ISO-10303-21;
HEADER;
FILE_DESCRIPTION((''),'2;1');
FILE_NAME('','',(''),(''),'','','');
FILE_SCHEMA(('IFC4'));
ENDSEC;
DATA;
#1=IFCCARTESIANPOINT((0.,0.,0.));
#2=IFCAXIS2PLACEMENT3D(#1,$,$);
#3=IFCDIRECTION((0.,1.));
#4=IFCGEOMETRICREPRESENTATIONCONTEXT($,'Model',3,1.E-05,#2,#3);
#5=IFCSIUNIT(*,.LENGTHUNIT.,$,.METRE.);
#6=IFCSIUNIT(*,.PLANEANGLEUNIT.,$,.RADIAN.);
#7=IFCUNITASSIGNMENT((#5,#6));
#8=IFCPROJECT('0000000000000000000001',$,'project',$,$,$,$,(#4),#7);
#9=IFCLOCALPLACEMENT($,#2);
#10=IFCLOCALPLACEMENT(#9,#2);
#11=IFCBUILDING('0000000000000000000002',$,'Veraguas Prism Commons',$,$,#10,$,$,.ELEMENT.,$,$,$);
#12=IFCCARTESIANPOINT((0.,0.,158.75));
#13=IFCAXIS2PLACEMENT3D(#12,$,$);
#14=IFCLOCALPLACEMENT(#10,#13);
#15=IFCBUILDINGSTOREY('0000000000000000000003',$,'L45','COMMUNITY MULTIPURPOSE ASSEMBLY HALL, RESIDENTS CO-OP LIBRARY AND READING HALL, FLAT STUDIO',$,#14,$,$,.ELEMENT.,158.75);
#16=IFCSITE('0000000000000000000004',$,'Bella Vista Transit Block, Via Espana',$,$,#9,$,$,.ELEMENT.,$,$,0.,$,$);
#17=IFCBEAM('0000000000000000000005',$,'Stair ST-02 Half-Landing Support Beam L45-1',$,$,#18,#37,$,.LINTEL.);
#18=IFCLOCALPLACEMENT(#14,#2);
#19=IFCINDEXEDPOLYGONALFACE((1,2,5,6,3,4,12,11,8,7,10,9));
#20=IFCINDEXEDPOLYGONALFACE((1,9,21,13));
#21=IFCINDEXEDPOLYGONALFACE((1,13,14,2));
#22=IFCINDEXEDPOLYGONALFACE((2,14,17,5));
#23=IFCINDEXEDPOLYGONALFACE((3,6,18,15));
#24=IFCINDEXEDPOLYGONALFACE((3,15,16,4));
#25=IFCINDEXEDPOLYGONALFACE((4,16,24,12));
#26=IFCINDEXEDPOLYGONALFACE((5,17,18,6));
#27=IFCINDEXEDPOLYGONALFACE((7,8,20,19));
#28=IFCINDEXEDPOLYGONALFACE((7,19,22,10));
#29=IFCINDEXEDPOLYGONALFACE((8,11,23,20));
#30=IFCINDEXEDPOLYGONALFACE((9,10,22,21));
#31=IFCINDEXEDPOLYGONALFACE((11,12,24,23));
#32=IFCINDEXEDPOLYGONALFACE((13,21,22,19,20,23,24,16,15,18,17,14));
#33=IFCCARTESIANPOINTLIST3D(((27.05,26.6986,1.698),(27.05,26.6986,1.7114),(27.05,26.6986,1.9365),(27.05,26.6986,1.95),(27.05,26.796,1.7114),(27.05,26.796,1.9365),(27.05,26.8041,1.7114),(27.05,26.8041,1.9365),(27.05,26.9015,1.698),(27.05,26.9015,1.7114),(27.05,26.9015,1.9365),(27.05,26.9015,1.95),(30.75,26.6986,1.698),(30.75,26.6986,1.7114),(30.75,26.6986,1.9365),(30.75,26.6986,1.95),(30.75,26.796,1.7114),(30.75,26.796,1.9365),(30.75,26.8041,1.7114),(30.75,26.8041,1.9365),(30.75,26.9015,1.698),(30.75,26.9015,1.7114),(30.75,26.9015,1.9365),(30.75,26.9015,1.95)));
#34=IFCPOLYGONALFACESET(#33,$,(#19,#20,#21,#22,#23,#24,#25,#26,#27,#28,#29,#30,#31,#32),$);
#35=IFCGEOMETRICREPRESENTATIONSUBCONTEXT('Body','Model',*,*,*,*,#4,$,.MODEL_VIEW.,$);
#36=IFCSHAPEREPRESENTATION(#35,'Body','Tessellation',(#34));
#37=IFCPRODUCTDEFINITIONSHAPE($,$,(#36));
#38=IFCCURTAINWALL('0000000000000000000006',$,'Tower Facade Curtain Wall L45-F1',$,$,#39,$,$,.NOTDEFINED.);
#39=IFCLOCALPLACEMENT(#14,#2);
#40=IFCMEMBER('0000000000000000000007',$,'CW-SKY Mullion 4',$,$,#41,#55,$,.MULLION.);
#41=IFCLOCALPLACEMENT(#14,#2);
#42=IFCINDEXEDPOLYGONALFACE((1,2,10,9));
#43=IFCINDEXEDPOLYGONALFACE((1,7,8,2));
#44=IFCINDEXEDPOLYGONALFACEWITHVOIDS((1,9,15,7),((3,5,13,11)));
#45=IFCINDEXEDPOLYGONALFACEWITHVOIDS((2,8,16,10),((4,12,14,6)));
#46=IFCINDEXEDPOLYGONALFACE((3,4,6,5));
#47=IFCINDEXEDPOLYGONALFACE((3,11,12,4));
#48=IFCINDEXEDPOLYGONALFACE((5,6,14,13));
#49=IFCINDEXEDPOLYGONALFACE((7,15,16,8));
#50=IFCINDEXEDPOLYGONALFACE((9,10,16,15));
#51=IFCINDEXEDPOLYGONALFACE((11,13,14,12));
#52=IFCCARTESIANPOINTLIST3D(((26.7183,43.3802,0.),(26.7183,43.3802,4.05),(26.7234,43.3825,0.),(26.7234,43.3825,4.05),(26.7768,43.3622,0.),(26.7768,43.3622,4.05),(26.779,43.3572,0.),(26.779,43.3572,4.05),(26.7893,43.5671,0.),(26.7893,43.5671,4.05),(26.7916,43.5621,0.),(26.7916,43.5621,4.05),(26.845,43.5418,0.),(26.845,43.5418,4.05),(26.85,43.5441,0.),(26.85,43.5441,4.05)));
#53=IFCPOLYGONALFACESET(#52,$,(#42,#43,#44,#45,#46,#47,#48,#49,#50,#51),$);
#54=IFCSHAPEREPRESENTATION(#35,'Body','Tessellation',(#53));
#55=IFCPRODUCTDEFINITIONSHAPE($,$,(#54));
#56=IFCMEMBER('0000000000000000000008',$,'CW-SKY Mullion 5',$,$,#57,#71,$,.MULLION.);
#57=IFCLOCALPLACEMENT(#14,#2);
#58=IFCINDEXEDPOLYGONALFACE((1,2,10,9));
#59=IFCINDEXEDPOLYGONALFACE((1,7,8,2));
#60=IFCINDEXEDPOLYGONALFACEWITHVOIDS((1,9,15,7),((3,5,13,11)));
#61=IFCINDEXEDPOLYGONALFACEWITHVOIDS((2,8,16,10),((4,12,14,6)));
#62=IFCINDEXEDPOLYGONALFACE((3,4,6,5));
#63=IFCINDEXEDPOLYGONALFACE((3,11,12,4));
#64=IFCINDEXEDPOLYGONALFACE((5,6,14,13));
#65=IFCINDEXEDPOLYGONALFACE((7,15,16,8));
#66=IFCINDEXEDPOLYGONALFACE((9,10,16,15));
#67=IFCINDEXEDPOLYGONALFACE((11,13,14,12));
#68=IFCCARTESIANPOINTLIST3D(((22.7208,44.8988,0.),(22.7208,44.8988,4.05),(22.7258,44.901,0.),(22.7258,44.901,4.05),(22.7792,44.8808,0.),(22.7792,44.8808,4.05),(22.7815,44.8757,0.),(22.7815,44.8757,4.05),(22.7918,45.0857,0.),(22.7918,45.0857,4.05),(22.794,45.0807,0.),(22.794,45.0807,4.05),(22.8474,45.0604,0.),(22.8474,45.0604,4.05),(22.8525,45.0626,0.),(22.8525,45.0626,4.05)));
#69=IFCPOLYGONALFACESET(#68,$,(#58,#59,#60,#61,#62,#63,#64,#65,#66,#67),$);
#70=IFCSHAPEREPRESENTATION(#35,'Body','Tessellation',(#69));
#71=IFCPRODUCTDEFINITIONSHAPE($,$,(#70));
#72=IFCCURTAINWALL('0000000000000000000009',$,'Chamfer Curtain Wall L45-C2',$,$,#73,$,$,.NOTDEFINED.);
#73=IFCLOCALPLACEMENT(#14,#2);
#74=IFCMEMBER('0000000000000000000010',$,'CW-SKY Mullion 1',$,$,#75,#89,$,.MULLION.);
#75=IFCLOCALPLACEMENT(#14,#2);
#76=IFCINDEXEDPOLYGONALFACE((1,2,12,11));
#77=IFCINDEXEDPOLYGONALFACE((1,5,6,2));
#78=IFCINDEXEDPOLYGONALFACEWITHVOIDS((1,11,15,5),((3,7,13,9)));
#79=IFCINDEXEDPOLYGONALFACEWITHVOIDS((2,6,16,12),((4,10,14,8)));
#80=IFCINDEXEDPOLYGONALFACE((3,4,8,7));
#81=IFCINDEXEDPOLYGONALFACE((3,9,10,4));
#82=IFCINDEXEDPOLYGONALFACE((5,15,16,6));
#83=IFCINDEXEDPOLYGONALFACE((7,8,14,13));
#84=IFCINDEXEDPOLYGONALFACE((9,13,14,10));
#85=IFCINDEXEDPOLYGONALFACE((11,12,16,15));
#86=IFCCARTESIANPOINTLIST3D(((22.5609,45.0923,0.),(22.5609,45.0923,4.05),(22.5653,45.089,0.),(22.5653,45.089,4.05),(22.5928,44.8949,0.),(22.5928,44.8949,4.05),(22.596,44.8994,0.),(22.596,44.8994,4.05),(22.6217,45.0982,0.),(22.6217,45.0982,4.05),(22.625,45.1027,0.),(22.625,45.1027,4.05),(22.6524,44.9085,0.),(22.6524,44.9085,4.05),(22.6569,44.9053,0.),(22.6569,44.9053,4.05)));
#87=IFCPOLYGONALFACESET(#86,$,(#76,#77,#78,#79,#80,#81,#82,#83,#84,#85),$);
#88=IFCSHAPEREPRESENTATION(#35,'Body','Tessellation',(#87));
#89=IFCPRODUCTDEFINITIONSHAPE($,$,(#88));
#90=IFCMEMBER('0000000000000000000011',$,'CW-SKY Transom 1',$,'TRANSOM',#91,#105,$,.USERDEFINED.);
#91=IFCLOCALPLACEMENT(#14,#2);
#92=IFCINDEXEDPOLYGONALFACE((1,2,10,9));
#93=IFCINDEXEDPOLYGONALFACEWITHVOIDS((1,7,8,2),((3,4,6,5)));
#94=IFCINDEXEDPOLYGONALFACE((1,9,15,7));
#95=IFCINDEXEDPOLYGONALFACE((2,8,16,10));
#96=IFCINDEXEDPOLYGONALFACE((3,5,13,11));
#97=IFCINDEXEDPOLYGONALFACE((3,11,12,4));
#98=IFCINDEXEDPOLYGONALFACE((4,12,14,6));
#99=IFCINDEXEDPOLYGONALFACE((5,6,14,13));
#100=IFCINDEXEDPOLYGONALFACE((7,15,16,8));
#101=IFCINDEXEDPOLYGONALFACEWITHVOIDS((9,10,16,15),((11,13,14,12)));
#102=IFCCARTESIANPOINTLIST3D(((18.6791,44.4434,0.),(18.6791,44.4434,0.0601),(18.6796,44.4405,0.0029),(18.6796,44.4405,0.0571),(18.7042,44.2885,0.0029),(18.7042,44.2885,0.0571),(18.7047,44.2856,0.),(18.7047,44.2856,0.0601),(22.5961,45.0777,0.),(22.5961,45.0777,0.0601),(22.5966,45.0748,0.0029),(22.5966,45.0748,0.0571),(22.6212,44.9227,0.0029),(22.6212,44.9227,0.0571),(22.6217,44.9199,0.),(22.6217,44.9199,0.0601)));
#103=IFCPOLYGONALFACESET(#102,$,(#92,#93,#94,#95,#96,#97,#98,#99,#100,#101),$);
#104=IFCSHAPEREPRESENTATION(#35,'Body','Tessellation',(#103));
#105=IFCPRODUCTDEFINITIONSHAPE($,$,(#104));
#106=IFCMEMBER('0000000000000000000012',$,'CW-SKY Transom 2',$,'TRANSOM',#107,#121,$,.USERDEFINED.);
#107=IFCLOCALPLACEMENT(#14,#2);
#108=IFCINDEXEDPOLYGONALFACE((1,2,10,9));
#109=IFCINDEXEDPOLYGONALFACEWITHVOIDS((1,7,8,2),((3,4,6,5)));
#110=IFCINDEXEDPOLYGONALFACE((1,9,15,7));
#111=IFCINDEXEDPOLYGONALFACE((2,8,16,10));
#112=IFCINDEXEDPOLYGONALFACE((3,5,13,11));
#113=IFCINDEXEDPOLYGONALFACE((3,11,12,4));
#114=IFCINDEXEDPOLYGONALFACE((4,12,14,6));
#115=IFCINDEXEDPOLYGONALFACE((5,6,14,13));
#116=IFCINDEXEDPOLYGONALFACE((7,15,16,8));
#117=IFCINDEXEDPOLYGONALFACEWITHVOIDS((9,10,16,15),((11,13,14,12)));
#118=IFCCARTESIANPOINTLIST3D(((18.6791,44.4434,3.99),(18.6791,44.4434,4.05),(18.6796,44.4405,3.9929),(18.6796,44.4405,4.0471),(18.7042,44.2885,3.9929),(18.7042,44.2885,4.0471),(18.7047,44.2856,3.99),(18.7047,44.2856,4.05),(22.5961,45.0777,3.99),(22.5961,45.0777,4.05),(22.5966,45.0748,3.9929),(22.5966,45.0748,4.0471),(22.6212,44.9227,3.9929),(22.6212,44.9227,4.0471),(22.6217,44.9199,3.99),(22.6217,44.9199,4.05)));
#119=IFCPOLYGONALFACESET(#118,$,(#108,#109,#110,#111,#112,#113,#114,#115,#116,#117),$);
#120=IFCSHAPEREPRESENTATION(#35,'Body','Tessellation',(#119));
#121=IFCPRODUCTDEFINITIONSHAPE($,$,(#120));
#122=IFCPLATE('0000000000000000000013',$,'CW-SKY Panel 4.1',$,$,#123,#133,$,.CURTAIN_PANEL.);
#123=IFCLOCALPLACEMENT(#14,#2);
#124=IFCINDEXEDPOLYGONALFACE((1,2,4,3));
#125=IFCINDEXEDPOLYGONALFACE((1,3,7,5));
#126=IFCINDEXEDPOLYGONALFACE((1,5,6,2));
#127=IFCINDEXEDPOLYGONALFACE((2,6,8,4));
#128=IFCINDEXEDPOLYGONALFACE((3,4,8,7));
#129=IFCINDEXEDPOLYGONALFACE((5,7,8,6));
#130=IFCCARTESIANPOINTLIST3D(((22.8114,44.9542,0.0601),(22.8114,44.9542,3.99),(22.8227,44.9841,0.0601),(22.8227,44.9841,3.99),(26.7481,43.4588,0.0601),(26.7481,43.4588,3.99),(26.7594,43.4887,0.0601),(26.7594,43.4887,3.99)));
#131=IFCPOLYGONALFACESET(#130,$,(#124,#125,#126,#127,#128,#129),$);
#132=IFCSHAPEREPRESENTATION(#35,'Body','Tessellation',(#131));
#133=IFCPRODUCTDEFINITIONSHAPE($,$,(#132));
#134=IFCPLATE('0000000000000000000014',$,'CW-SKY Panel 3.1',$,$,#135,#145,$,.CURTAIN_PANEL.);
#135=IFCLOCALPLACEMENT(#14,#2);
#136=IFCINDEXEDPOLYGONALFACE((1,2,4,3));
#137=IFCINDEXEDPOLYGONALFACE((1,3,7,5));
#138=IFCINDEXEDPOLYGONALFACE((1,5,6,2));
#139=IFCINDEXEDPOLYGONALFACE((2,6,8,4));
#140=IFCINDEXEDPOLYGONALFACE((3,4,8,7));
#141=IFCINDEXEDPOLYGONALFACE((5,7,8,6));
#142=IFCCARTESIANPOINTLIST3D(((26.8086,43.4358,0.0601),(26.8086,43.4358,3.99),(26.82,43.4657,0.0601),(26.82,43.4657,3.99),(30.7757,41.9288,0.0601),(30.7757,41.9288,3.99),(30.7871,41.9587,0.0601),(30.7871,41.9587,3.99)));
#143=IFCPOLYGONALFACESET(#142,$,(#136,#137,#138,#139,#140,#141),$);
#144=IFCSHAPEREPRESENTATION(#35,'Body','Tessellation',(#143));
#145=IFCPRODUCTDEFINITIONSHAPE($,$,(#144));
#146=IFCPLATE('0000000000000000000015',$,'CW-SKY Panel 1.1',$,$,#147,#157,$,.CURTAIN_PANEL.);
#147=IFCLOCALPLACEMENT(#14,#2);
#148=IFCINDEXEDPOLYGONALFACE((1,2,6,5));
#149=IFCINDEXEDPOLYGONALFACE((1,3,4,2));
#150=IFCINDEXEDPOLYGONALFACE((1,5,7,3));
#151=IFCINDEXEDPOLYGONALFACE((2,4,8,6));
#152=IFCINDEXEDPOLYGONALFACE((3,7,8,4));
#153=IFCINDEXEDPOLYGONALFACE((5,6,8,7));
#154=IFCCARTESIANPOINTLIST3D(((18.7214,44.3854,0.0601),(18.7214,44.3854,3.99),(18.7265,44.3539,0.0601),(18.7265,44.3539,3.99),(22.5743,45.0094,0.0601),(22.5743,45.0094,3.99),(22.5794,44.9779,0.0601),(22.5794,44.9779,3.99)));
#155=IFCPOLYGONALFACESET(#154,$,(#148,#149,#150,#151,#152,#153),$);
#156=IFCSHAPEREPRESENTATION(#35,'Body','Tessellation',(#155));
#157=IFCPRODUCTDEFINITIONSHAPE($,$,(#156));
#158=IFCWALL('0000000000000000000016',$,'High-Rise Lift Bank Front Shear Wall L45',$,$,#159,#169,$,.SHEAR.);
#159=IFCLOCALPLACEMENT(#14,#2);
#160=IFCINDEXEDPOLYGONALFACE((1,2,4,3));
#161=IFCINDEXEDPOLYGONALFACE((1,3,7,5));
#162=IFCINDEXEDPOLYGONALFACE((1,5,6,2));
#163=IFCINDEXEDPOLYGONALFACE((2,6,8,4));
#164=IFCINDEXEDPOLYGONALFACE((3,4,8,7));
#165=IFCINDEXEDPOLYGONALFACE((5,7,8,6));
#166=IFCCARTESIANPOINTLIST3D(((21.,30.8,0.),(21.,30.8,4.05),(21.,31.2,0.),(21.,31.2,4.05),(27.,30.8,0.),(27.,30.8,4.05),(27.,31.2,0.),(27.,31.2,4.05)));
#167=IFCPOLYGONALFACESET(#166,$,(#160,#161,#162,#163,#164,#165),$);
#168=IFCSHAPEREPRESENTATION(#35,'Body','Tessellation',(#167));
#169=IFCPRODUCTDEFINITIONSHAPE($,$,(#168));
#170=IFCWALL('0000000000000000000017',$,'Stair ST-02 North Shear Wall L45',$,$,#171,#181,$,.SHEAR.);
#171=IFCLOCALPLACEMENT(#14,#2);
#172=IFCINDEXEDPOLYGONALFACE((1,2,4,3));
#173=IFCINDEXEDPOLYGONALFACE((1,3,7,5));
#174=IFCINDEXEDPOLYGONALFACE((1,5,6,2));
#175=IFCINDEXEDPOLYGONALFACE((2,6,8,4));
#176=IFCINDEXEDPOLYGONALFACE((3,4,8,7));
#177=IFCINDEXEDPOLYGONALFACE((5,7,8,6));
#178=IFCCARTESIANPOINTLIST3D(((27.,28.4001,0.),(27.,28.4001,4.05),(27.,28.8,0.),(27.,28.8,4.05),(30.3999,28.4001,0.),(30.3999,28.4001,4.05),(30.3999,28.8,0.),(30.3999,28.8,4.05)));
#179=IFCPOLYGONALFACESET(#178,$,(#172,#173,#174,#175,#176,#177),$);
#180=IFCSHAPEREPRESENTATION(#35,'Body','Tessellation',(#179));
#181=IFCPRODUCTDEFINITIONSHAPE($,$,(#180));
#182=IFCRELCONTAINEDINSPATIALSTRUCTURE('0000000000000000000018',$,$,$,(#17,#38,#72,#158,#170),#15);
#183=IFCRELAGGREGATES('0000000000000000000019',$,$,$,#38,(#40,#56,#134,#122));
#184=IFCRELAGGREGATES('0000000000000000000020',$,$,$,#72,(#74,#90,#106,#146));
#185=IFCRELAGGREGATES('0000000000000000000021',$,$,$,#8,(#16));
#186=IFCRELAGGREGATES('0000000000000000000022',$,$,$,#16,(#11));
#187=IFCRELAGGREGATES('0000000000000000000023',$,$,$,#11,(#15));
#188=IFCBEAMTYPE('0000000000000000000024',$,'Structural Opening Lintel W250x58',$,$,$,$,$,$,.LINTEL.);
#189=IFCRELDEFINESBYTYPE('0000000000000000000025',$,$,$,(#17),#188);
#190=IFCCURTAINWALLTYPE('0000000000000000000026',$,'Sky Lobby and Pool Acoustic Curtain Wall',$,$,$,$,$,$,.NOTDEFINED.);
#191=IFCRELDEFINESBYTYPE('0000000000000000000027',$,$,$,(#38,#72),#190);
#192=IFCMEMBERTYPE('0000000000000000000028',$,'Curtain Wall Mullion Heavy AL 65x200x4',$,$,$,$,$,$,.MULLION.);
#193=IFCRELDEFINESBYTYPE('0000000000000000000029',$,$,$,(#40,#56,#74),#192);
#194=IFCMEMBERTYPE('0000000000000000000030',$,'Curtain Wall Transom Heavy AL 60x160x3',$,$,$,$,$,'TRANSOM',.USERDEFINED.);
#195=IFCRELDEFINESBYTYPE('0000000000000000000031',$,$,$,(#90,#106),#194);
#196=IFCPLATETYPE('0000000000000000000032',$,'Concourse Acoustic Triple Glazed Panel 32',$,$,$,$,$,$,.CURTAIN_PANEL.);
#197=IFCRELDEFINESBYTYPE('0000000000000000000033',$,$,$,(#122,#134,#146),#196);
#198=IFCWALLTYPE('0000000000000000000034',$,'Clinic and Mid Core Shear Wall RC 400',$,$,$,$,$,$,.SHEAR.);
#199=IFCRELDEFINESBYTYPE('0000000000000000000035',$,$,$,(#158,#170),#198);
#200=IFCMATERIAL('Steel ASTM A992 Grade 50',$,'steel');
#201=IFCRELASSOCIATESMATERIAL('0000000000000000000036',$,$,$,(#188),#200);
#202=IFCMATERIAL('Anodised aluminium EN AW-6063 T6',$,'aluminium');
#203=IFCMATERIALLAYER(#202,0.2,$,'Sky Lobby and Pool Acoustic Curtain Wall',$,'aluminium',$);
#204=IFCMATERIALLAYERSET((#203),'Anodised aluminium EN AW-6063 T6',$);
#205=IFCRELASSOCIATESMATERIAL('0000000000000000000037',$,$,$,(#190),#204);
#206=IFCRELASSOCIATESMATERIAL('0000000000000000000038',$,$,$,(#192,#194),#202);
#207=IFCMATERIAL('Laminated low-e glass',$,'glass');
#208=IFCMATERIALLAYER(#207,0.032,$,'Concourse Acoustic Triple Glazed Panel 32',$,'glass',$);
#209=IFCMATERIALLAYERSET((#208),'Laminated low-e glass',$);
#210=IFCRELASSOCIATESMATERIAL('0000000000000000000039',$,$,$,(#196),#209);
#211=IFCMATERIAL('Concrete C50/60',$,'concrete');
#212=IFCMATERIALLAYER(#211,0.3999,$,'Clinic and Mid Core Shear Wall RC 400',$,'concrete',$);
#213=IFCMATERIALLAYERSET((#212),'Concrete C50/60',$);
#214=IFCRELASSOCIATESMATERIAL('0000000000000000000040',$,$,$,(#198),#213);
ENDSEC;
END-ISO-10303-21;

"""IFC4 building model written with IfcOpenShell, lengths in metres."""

from ifc_helpers import new_model, si_unit, direction, frame, frame_2d, origin, origin_2d, place, context, subcontext, project, spatial, rectangle, hollow_rectangle, i_section, extrude, source, transform, mapped, material, layer, layer_set, material_profile, profile_set, type_object, element, aggregate, save


model = new_model("IFC4")

# Units and contexts
model_context = context("Model", 3, precision=1e-05, world=origin(), true_north=direction((0.0, 1.0)))
body_context = subcontext(model_context, "Body", "Model", "MODEL_VIEW")
ifc_project = project(units=[si_unit("LENGTHUNIT", "METRE"), si_unit("PLANEANGLEUNIT", "RADIAN")], contexts=[model_context])

# Site, building, storey
site_placement = place(None, origin())
site = spatial("IfcSite", under=ifc_project, at=site_placement, Name="Bella Vista Transit Block, Via Espana", CompositionType="ELEMENT", RefElevation=0.0)
building_placement = place(site_placement, origin())
building = spatial("IfcBuilding", under=site, at=building_placement, Name="Veraguas Prism Commons", CompositionType="ELEMENT")
storey_placement = place(building_placement, frame((0.0, 0.0, 158.75)))
storey = spatial("IfcBuildingStorey", under=building, at=storey_placement, Name="L45", Description="COMMUNITY MULTIPURPOSE ASSEMBLY HALL, RESIDENTS CO-OP LIBRARY AND READING HALL, FLAT STUDIO", CompositionType="ELEMENT", Elevation=158.75)

# Beam
ifc_material_1 = material(Name="Steel ASTM A992 Grade 50", Category="steel")
ifc_material_2 = material(Name="Concrete C50/60", Category="concrete")
ifc_material_profile_1 = material_profile(ifc_material_1, i_section(OverallWidth=0.2029, OverallDepth=0.252, WebThickness=0.0081, FlangeThickness=0.0134, at=origin_2d()), Name="W250X58")
ifc_profile_set_1 = profile_set([ifc_material_profile_1], Name="Steel ASTM A992 Grade 50")
beam_type_1 = type_object("IfcBeamType", Name="Structural Opening Lintel W250x58", PredefinedType="LINTEL", material=ifc_profile_set_1)
beam_1_placement = place(storey_placement, frame((27.05, 26.8, 1.824), z_axis=(1.0, 0.0, 0.0), x_axis=(0.0, 1.0, 0.0)))
element("IfcBeam", 1, at=beam_1_placement, inside=storey, type_object=beam_type_1, Name="Stair ST-02 Half-Landing Support Beam L45-1", PredefinedType="LINTEL", context=body_context, shape_type="SweptSolid", body=[
    extrude(i_section(OverallWidth=0.2029, OverallDepth=0.252, WebThickness=0.0081, FlangeThickness=0.0134, at=origin_2d()), origin(), (0.0, 0.0, 1.0), 3.7),
])

# Curtain walls, members
ifc_material_3 = material(Name="Anodised aluminium EN AW-6063 T6", Category="aluminium")
ifc_layer_1 = layer(ifc_material_3, 0.2, Name="Sky Lobby and Pool Acoustic Curtain Wall", Category="aluminium")
ifc_layer_set_1 = layer_set([ifc_layer_1], Name="Anodised aluminium EN AW-6063 T6")
curtain_wall_type = type_object("IfcCurtainWallType", Name="Sky Lobby and Pool Acoustic Curtain Wall", PredefinedType="NOTDEFINED", material=ifc_layer_set_1)
curtain_wall_1_placement = place(storey_placement, origin())
curtain_wall_1 = element("IfcCurtainWall", 2, at=curtain_wall_1_placement, inside=storey, type_object=curtain_wall_type, Name="Tower Facade Curtain Wall L45-F1", PredefinedType="NOTDEFINED")
ifc_material_profile_2 = material_profile(ifc_material_3, hollow_rectangle(XDim=0.0649, YDim=0.2, WallThickness=0.0039, at=origin_2d()), Name="AL65X200X4")
ifc_profile_set_2 = profile_set([ifc_material_profile_2], Name="Anodised aluminium EN AW-6063 T6")
member_type_1 = type_object("IfcMemberType", Name="Curtain Wall Mullion Heavy AL 65x200x4", PredefinedType="MULLION", material=ifc_profile_set_2)
shared_shape_1 = source(origin(), body_context, "Body", "SweptSolid", [
    extrude(hollow_rectangle(XDim=0.0649, YDim=0.2, WallThickness=0.0039, at=origin_2d()), origin(), (0.0, 0.0, 1.0), 4.05),
])
member_1_placement = place(storey_placement, frame((26.7842, 43.4622, 0.0), z_axis=(0.0, 0.0, 1.0), x_axis=(-0.934824, 0.35511, 0.0)))
member_1 = element("IfcMember", 3, at=member_1_placement, type_object=member_type_1, Name="CW-SKY Mullion 4", PredefinedType="MULLION", context=body_context, shape_type="MappedRepresentation", body=[
    mapped(shared_shape_1, transform((0.0, 0.0, 0.0), scale=1.0)),
])
member_2_placement = place(storey_placement, frame((22.7866, 44.9807, 0.0), z_axis=(0.0, 0.0, 1.0), x_axis=(-0.934824, 0.35511, 0.0)))
member_2 = element("IfcMember", 4, at=member_2_placement, type_object=member_type_1, Name="CW-SKY Mullion 5", PredefinedType="MULLION", context=body_context, shape_type="MappedRepresentation", body=[
    mapped(shared_shape_1, transform((0.0, 0.0, 0.0), scale=1.0)),
])
curtain_wall_2_placement = place(storey_placement, origin())
curtain_wall_2 = element("IfcCurtainWall", 5, at=curtain_wall_2_placement, inside=storey, type_object=curtain_wall_type, Name="Chamfer Curtain Wall L45-C2", PredefinedType="NOTDEFINED")
member_3_placement = place(storey_placement, frame((22.6089, 44.9988, 0.0), z_axis=(0.0, 0.0, 1.0), x_axis=(-0.987137, -0.159874, 0.0)))
member_3 = element("IfcMember", 6, at=member_3_placement, type_object=member_type_1, Name="CW-SKY Mullion 1", PredefinedType="MULLION", context=body_context, shape_type="MappedRepresentation", body=[
    mapped(shared_shape_1, transform((0.0, 0.0, 0.0), scale=1.0)),
])
ifc_material_profile_3 = material_profile(ifc_material_3, hollow_rectangle(XDim=0.0601, YDim=0.1599, WallThickness=0.0029, at=origin_2d()), Name="AL60X160X3")
ifc_profile_set_3 = profile_set([ifc_material_profile_3], Name="Anodised aluminium EN AW-6063 T6")
member_type_2 = type_object("IfcMemberType", Name="Curtain Wall Transom Heavy AL 60x160x3", ElementType="TRANSOM", PredefinedType="USERDEFINED", material=ifc_profile_set_3)
shared_shape_2 = source(origin(), body_context, "Body", "SweptSolid", [
    extrude(hollow_rectangle(XDim=0.0601, YDim=0.1599, WallThickness=0.0029, at=origin_2d()), origin(), (0.0, 0.0, 1.0), 3.968),
])
member_4_placement = place(storey_placement, frame((22.6089, 44.9988, 0.03), z_axis=(-0.987142, -0.159848, 0.0), x_axis=(0.0, 0.0, 1.0)))
member_4 = element("IfcMember", 7, at=member_4_placement, type_object=member_type_2, Name="CW-SKY Transom 1", ObjectType="TRANSOM", PredefinedType="USERDEFINED", context=body_context, shape_type="MappedRepresentation", body=[
    mapped(shared_shape_2, transform((0.0, 0.0, 0.0), scale=1.0)),
])
member_5_placement = place(storey_placement, frame((22.6089, 44.9988, 4.02), z_axis=(-0.987142, -0.159848, 0.0), x_axis=(0.0, 0.0, 1.0)))
member_5 = element("IfcMember", 8, at=member_5_placement, type_object=member_type_2, Name="CW-SKY Transom 2", ObjectType="TRANSOM", PredefinedType="USERDEFINED", context=body_context, shape_type="MappedRepresentation", body=[
    mapped(shared_shape_2, transform((0.0, 0.0, 0.0), scale=1.0)),
])

# Plates
ifc_material_4 = material(Name="Laminated low-e glass", Category="glass")
ifc_layer_2 = layer(ifc_material_4, 0.032, Name="Concourse Acoustic Triple Glazed Panel 32", Category="glass")
ifc_layer_set_2 = layer_set([ifc_layer_2], Name="Laminated low-e glass")
plate_type = type_object("IfcPlateType", Name="Concourse Acoustic Triple Glazed Panel 32", PredefinedType="CURTAIN_PANEL", material=ifc_layer_set_2)
shared_shape_3 = source(origin(), body_context, "Body", "SweptSolid", [
    extrude(rectangle(XDim=4.2112, YDim=0.032, at=origin_2d()), origin(), (0.0, 0.0, 1.0), 3.9299),
])
plate_1_placement = place(storey_placement, frame((24.7854, 44.2214, 0.0601), z_axis=(0.0, 0.0, 1.0), x_axis=(-0.934824, 0.35511, 0.0)))
plate_1 = element("IfcPlate", 9, at=plate_1_placement, type_object=plate_type, Name="CW-SKY Panel 4.1", PredefinedType="CURTAIN_PANEL", context=body_context, shape_type="MappedRepresentation", body=[
    mapped(shared_shape_3, transform((0.0, 0.0, 0.0), scale=1.0)),
])
shared_shape_4 = source(origin(), body_context, "Body", "SweptSolid", [
    extrude(rectangle(XDim=4.2437, YDim=0.032, at=origin_2d()), origin(), (0.0, 0.0, 1.0), 3.9299),
])
plate_2_placement = place(storey_placement, frame((28.7979, 42.6973, 0.0601), z_axis=(0.0, 0.0, 1.0), x_axis=(-0.934824, 0.35511, 0.0)))
plate_2 = element("IfcPlate", 10, at=plate_2_placement, type_object=plate_type, Name="CW-SKY Panel 3.1", PredefinedType="CURTAIN_PANEL", context=body_context, shape_type="MappedRepresentation", body=[
    mapped(shared_shape_4, transform((0.0, 0.0, 0.0), scale=1.0)),
])
aggregate(curtain_wall_1, [member_1, member_2, plate_2, plate_1])
shared_shape_5 = source(origin(), body_context, "Body", "SweptSolid", [
    extrude(rectangle(XDim=3.9031, YDim=0.032, at=origin_2d()), origin(), (0.0, 0.0, 1.0), 3.9299),
])
plate_3_placement = place(storey_placement, frame((20.6504, 44.6816, 0.0601), z_axis=(0.0, 0.0, 1.0), x_axis=(-0.987137, -0.159874, 0.0)))
plate_3 = element("IfcPlate", 11, at=plate_3_placement, type_object=plate_type, Name="CW-SKY Panel 1.1", PredefinedType="CURTAIN_PANEL", context=body_context, shape_type="MappedRepresentation", body=[
    mapped(shared_shape_5, transform((0.0, 0.0, 0.0), scale=1.0)),
])
aggregate(curtain_wall_2, [member_3, member_4, member_5, plate_3])

# Walls
ifc_layer_3 = layer(ifc_material_2, 0.3999, Name="Clinic and Mid Core Shear Wall RC 400", Category="concrete")
ifc_layer_set_3 = layer_set([ifc_layer_3], Name="Concrete C50/60")
wall_type_1 = type_object("IfcWallType", Name="Clinic and Mid Core Shear Wall RC 400", PredefinedType="SHEAR", material=ifc_layer_set_3)
wall_1_placement = place(storey_placement, frame((21.0, 31.0, 0.0), z_axis=(0.0, 0.0, 1.0), x_axis=(1.0, 0.0, 0.0)))
element("IfcWall", 12, at=wall_1_placement, inside=storey, type_object=wall_type_1, Name="High-Rise Lift Bank Front Shear Wall L45", PredefinedType="SHEAR", context=body_context, shape_type="SweptSolid", body=[
    extrude(rectangle(XDim=6.0, YDim=0.3999, at=frame_2d((3.0, 0.0))), origin(), (0.0, 0.0, 1.0), 4.05),
])
wall_2_placement = place(storey_placement, frame((27.0, 28.6001, 0.0), z_axis=(0.0, 0.0, 1.0), x_axis=(1.0, 0.0, 0.0)))
element("IfcWall", 13, at=wall_2_placement, inside=storey, type_object=wall_type_1, Name="Stair ST-02 North Shear Wall L45", PredefinedType="SHEAR", context=body_context, shape_type="SweptSolid", body=[
    extrude(rectangle(XDim=3.3999, YDim=0.3999, at=frame_2d((1.7, 0.0))), origin(), (0.0, 0.0, 1.0), 4.05),
])

save(model, "model.ifc")
